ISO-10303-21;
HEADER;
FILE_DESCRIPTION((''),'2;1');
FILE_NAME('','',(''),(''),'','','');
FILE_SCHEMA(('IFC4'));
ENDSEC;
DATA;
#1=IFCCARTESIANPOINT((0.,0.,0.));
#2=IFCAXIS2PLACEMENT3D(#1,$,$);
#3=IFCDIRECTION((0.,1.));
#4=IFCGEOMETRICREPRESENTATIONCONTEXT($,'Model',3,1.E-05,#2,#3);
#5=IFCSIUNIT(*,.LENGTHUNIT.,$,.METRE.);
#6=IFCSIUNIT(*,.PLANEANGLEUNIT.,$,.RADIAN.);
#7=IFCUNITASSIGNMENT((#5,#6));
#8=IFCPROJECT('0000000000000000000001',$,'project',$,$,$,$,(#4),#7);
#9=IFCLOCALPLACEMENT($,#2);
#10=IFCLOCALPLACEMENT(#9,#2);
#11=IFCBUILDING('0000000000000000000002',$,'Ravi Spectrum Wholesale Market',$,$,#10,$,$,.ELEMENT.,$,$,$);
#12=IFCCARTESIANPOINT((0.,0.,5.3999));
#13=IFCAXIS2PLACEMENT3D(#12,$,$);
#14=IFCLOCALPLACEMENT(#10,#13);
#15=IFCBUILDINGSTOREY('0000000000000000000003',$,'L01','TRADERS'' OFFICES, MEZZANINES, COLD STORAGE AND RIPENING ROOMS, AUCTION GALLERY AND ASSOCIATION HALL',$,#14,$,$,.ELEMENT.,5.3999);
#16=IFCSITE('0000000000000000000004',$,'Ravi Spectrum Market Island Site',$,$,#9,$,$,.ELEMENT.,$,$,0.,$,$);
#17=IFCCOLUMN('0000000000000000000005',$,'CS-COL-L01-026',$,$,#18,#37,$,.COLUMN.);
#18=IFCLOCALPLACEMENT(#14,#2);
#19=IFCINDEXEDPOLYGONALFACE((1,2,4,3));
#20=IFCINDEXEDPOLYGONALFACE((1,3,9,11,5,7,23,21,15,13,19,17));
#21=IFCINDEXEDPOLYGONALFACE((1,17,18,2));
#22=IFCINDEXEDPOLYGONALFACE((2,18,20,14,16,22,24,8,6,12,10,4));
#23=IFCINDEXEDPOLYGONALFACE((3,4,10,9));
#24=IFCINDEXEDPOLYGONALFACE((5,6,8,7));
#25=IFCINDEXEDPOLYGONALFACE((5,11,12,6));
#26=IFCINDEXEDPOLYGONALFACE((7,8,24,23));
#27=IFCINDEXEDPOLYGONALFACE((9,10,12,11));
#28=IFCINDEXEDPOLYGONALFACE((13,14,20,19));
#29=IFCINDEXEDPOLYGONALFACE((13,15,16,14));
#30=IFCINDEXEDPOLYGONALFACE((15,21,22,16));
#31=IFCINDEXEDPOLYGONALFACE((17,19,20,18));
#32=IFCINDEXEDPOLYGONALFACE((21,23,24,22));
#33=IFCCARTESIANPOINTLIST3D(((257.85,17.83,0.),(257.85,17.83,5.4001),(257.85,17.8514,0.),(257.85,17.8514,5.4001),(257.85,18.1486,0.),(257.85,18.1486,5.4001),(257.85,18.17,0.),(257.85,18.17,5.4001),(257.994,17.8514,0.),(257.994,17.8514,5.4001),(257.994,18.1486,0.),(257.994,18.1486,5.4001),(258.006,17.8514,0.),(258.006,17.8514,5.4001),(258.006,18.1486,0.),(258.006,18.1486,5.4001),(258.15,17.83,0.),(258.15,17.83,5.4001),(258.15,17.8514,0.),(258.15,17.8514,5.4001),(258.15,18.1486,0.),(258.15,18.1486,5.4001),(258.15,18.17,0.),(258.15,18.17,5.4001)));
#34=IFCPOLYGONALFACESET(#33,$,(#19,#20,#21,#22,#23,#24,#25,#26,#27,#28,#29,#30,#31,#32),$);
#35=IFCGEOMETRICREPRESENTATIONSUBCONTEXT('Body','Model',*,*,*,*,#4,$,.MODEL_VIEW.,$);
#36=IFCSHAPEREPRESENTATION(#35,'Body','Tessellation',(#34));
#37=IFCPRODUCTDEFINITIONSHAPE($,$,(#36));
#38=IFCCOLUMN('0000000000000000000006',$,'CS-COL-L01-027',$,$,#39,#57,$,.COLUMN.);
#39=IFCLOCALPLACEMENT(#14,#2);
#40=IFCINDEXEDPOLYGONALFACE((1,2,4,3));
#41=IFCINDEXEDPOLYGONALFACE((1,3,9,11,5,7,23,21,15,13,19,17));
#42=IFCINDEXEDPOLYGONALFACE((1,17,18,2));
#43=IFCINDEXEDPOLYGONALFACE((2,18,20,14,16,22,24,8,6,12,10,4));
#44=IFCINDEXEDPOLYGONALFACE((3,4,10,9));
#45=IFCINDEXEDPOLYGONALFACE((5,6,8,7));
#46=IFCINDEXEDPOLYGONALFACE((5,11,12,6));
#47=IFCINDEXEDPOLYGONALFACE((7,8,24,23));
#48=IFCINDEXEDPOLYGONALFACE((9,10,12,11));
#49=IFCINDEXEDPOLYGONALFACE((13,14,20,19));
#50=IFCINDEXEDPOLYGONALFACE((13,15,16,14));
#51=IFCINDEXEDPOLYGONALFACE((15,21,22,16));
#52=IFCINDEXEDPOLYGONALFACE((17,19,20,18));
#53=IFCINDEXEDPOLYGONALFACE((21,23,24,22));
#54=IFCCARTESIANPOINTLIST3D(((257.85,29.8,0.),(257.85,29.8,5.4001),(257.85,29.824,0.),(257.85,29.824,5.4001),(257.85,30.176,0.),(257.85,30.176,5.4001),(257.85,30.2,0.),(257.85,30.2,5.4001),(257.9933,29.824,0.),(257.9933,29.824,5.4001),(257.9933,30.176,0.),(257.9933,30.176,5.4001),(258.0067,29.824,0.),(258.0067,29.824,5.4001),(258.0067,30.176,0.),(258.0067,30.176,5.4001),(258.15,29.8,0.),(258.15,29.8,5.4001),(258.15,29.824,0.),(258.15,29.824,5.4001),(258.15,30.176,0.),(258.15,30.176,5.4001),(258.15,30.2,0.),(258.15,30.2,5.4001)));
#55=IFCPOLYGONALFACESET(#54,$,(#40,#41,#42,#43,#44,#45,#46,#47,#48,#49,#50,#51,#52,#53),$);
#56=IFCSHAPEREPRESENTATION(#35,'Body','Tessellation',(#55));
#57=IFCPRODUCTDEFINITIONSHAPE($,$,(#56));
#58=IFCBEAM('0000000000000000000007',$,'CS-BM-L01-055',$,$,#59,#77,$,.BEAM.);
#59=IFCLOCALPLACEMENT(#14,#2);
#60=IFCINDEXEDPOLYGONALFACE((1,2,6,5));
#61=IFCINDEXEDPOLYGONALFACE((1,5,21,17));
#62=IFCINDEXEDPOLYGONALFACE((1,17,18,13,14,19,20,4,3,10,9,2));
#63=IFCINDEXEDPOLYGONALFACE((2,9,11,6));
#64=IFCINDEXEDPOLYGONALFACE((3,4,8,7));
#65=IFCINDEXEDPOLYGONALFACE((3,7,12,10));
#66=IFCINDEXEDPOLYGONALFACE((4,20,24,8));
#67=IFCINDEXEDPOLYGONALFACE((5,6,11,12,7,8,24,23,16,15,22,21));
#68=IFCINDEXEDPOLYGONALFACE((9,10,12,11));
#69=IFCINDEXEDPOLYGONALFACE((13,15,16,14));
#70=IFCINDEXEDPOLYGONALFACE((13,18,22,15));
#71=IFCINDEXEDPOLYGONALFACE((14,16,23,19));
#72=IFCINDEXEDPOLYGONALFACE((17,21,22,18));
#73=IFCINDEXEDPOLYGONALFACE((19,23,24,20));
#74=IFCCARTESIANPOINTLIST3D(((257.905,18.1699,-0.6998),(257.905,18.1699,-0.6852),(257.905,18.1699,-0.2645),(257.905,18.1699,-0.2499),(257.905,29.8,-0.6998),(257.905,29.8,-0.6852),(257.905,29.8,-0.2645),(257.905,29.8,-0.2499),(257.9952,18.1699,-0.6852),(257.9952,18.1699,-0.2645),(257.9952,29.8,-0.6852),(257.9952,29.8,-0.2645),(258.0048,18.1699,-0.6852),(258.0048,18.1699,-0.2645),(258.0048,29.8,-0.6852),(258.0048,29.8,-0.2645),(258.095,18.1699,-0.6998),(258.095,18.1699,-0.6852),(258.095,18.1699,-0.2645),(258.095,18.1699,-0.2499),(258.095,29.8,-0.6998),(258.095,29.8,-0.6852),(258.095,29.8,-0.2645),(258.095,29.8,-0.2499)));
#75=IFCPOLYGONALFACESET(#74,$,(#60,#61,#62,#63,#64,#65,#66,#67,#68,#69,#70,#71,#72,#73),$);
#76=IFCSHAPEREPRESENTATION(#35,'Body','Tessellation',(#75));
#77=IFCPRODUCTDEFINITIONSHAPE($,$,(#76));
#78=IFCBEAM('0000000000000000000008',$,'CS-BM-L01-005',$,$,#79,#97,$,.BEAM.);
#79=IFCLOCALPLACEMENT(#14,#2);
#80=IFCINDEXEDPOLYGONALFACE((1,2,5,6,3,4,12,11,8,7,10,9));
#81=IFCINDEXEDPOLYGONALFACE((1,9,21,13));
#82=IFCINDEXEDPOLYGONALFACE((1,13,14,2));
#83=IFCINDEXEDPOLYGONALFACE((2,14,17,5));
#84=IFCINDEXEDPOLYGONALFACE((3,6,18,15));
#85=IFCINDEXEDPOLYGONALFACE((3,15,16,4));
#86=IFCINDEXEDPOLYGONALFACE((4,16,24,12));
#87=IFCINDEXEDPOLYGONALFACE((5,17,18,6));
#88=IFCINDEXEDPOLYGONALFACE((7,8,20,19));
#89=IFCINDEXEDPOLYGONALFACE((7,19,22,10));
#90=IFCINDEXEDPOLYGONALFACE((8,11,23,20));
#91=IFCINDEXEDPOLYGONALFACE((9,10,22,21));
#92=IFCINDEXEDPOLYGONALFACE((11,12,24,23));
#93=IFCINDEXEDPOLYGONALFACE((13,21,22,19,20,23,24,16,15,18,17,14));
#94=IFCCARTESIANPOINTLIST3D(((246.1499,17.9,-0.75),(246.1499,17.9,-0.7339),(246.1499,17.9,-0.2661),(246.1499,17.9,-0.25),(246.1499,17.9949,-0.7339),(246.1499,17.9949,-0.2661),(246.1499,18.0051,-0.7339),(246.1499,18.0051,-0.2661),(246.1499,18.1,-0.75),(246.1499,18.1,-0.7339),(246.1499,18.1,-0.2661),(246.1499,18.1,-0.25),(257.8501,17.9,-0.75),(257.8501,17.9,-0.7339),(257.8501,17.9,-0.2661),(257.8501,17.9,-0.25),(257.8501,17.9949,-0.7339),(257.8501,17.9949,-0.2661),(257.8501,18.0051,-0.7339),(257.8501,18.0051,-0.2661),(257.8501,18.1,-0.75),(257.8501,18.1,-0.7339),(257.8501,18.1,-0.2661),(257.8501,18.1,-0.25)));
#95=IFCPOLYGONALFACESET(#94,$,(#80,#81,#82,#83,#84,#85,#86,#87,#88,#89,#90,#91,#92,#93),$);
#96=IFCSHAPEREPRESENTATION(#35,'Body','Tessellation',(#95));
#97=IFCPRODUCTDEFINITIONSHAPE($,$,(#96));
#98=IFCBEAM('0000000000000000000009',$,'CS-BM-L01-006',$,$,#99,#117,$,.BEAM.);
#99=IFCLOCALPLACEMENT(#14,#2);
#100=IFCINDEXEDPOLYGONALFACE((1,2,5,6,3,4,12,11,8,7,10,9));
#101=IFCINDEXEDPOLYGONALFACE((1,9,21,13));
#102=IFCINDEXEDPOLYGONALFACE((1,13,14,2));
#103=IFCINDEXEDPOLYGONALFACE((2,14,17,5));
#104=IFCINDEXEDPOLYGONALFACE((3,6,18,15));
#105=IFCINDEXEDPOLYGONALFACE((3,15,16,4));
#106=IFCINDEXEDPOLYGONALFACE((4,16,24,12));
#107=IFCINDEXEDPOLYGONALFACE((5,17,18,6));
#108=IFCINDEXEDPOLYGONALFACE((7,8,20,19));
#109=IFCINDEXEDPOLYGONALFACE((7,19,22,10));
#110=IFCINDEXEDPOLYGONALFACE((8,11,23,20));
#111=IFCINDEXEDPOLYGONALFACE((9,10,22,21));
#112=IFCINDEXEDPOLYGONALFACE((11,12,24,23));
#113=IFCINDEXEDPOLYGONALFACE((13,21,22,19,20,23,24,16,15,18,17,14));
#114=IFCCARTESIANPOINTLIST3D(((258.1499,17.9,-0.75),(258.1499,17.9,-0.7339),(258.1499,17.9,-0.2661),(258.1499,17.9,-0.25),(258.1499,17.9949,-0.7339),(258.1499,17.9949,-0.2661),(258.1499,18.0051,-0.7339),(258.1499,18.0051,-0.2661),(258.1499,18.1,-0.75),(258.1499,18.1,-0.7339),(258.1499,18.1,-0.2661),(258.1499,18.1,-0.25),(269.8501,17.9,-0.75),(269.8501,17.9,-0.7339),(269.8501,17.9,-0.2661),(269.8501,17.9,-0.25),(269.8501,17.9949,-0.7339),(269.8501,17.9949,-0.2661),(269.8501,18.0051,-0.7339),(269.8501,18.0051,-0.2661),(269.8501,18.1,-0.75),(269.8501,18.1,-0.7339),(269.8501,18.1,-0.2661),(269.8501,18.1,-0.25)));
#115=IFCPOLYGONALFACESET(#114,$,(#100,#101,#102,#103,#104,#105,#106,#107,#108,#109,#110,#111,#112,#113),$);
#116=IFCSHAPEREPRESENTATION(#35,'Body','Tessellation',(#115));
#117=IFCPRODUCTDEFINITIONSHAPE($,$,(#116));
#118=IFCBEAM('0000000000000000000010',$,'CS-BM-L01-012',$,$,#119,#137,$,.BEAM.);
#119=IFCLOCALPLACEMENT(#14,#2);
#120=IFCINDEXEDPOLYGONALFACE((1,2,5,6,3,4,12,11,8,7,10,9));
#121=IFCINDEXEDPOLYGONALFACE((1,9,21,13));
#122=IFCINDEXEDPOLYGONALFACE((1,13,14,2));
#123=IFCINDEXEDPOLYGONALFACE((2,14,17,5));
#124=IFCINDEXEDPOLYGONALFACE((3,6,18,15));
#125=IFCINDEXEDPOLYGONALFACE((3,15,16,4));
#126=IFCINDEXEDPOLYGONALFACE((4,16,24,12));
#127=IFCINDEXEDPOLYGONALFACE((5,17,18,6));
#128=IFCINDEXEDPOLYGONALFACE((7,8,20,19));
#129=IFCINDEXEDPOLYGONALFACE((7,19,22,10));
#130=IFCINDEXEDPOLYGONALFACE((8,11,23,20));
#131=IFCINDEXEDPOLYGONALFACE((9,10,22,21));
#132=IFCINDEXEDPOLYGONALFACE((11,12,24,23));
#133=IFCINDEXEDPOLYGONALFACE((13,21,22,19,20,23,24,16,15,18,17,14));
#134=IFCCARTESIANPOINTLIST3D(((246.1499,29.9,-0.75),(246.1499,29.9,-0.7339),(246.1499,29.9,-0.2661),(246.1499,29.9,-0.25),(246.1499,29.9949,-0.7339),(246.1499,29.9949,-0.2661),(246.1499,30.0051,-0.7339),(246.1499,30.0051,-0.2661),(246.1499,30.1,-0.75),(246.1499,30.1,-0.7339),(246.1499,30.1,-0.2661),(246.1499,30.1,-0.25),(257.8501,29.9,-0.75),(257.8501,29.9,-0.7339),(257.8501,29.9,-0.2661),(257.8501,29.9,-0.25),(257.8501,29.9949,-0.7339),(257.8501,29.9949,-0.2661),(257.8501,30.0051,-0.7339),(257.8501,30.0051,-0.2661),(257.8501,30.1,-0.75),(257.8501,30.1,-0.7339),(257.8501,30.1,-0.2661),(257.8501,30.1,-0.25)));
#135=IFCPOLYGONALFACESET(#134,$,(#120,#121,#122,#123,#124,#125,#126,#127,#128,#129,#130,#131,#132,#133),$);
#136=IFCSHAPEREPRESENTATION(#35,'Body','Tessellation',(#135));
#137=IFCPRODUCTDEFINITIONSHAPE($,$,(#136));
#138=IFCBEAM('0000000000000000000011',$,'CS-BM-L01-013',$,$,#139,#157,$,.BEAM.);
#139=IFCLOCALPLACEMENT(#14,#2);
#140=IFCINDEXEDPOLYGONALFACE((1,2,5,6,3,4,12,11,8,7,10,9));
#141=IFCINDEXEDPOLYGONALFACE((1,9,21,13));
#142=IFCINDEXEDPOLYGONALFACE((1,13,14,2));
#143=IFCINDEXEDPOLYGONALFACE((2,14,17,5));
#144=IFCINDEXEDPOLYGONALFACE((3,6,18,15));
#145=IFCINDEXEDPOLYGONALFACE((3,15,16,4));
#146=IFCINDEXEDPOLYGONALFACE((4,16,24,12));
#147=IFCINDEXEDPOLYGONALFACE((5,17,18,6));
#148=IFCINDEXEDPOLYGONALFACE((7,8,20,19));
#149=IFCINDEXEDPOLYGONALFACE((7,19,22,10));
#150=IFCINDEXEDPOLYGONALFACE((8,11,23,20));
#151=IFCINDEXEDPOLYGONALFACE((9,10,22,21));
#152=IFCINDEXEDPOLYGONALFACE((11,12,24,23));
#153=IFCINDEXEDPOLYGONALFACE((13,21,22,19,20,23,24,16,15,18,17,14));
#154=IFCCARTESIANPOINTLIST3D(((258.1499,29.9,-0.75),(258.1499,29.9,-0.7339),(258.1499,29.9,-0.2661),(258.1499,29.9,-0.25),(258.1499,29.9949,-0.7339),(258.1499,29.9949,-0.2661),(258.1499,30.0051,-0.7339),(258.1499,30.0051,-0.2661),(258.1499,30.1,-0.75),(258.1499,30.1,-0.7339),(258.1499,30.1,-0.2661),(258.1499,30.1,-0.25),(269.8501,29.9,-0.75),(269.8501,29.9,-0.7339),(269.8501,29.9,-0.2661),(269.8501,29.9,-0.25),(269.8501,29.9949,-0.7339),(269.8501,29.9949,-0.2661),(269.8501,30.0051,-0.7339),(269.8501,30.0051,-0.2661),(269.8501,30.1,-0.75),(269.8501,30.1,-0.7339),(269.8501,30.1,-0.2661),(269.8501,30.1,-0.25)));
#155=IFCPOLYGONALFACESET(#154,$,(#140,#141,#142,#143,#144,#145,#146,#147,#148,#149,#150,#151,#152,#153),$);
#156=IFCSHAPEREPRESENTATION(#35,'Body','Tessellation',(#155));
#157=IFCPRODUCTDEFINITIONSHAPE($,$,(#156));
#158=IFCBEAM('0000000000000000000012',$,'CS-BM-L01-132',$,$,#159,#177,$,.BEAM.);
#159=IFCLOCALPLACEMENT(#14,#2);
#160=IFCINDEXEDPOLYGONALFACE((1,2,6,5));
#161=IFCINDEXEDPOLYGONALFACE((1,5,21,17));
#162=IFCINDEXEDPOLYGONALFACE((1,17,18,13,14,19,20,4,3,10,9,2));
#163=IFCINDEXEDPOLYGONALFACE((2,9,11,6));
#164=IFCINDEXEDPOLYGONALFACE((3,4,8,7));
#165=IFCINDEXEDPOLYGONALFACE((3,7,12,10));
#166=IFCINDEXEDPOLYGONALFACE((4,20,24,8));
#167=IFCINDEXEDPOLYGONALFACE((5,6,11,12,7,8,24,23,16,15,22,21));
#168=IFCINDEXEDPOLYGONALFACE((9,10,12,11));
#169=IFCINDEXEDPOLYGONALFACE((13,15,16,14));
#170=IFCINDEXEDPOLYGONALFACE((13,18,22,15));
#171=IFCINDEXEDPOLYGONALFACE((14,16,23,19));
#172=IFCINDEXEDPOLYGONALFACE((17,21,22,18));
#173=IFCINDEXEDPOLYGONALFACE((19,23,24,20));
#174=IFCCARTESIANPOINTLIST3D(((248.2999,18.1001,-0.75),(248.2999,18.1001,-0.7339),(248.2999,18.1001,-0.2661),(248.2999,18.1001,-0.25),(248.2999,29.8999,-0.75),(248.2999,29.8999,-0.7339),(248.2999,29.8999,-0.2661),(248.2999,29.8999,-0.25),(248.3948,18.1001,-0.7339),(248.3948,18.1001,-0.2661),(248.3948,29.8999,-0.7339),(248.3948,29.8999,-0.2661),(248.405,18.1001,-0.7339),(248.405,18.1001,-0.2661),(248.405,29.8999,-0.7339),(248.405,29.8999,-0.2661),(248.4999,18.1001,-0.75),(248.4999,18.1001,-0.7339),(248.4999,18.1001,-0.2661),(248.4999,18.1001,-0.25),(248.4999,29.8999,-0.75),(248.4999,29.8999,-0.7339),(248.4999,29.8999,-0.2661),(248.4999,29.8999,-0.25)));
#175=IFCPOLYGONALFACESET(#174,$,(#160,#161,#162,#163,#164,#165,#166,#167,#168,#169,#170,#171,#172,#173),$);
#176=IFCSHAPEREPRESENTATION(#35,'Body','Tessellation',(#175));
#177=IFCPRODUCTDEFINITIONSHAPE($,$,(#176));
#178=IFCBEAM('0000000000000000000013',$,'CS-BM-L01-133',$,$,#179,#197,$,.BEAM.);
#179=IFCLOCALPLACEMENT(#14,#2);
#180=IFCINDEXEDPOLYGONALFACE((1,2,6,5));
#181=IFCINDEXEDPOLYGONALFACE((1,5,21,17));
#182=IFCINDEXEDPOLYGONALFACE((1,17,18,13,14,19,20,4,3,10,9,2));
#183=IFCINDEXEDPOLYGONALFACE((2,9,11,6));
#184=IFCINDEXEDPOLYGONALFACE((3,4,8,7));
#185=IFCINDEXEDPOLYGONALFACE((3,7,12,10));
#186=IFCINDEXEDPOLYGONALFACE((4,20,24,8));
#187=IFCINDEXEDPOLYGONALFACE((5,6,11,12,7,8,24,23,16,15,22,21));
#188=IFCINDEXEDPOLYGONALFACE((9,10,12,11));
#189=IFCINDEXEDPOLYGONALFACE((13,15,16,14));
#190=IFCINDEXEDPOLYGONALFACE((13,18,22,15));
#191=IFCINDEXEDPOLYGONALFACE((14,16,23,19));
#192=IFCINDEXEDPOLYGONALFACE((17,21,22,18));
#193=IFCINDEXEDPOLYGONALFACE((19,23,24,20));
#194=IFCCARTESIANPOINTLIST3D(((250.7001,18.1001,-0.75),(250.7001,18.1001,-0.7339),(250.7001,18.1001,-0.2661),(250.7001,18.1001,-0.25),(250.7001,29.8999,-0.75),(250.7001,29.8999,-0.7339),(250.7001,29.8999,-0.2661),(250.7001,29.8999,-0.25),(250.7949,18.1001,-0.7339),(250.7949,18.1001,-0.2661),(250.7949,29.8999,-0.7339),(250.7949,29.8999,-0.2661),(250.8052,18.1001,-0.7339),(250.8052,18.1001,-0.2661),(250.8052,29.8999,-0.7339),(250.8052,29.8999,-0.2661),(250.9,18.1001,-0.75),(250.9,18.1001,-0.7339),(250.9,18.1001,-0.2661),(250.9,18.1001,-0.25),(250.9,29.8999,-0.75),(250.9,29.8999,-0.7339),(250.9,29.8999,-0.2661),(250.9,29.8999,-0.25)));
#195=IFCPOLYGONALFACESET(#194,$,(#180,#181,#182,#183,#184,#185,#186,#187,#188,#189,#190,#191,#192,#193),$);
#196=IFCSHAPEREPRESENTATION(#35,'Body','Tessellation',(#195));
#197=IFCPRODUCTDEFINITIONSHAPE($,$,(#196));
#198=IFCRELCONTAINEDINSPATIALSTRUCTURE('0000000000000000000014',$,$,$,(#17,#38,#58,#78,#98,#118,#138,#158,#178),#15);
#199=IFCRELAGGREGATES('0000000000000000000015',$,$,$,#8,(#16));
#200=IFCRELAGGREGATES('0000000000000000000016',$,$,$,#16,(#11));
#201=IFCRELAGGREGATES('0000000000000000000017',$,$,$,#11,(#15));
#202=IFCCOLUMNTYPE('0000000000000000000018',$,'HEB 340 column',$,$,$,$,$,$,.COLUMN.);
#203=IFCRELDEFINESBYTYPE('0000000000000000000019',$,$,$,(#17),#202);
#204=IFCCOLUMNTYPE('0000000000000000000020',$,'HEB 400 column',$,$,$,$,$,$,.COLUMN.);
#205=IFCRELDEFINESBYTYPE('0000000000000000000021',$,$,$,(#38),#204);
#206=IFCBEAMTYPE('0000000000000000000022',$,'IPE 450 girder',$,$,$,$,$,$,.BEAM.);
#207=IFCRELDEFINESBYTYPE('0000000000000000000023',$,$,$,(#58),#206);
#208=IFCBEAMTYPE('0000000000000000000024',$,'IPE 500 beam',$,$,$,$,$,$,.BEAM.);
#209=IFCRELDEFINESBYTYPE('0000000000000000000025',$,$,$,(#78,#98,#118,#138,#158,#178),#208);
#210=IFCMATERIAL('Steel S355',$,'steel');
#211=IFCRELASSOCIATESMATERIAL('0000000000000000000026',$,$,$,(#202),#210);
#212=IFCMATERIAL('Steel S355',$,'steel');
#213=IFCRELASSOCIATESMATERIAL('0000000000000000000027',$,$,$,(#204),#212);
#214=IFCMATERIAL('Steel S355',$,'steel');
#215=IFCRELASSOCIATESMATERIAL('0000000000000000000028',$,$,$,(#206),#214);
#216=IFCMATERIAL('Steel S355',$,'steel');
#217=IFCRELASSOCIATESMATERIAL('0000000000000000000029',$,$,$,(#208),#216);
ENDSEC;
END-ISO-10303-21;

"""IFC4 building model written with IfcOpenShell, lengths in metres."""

from ifc_helpers import new_model, si_unit, direction, frame, origin, origin_2d, place, context, subcontext, project, spatial, i_section, extrude, material, material_profile, profile_set, type_object, element, save


model = new_model("IFC4")

# Units and contexts
model_context = context("Model", 3, precision=1e-05, world=origin(), true_north=direction((0.0, 1.0)))
body_context = subcontext(model_context, "Body", "Model", "MODEL_VIEW")
ifc_project = project(units=[si_unit("LENGTHUNIT", "METRE"), si_unit("PLANEANGLEUNIT", "RADIAN")], contexts=[model_context])

# Site, building, storey
site_placement = place(None, origin())
site = spatial("IfcSite", under=ifc_project, at=site_placement, Name="Ravi Spectrum Market Island Site", CompositionType="ELEMENT", RefElevation=0.0)
building_placement = place(site_placement, origin())
building = spatial("IfcBuilding", under=site, at=building_placement, Name="Ravi Spectrum Wholesale Market", CompositionType="ELEMENT")
storey_placement = place(building_placement, frame((0.0, 0.0, 5.3999)))
storey = spatial("IfcBuildingStorey", under=building, at=storey_placement, Name="L01", Description="TRADERS' OFFICES, MEZZANINES, COLD STORAGE AND RIPENING ROOMS, AUCTION GALLERY AND ASSOCIATION HALL", CompositionType="ELEMENT", Elevation=5.3999)

# Columns
ifc_material_1 = material(Name="Steel S355", Category="steel")
ifc_material_profile_1 = material_profile(ifc_material_1, i_section(OverallWidth=0.3, OverallDepth=0.3401, WebThickness=0.012, FlangeThickness=0.0215, at=origin_2d()))
ifc_profile_set_1 = profile_set([ifc_material_profile_1], Name="Steel S355")
column_type_1 = type_object("IfcColumnType", Name="HEB 340 column", PredefinedType="COLUMN", material=ifc_profile_set_1)
column_1_placement = place(storey_placement, frame((258.0, 18.0, 0.0), z_axis=(0.0, 0.0, 1.0), x_axis=(1.0, 0.0, 0.0)))
element("IfcColumn", 1, at=column_1_placement, inside=storey, type_object=column_type_1, Name="CS-COL-L01-026", PredefinedType="COLUMN", context=body_context, shape_type="SweptSolid", body=[
    extrude(i_section(OverallWidth=0.3, OverallDepth=0.3401, WebThickness=0.012, FlangeThickness=0.0215, at=origin_2d()), origin(), (0.0, 0.0, 1.0), 5.4001),
])
ifc_material_2 = material(Name="Steel S355", Category="steel")
ifc_material_profile_2 = material_profile(ifc_material_2, i_section(OverallWidth=0.3, OverallDepth=0.3999, WebThickness=0.0134, FlangeThickness=0.0239, at=origin_2d()))
ifc_profile_set_2 = profile_set([ifc_material_profile_2], Name="Steel S355")
column_type_2 = type_object("IfcColumnType", Name="HEB 400 column", PredefinedType="COLUMN", material=ifc_profile_set_2)
column_2_placement = place(storey_placement, frame((258.0, 30.0, 0.0), z_axis=(0.0, 0.0, 1.0), x_axis=(1.0, 0.0, 0.0)))
element("IfcColumn", 2, at=column_2_placement, inside=storey, type_object=column_type_2, Name="CS-COL-L01-027", PredefinedType="COLUMN", context=body_context, shape_type="SweptSolid", body=[
    extrude(i_section(OverallWidth=0.3, OverallDepth=0.3999, WebThickness=0.0134, FlangeThickness=0.0239, at=origin_2d()), origin(), (0.0, 0.0, 1.0), 5.4001),
])

# Beams
ifc_material_3 = material(Name="Steel S355", Category="steel")
ifc_material_profile_3 = material_profile(ifc_material_3, i_section(OverallWidth=0.1899, OverallDepth=0.45, WebThickness=0.0095, FlangeThickness=0.0146, at=origin_2d()))
ifc_profile_set_3 = profile_set([ifc_material_profile_3], Name="Steel S355")
beam_type_1 = type_object("IfcBeamType", Name="IPE 450 girder", PredefinedType="BEAM", material=ifc_profile_set_3)
beam_placement = place(storey_placement, frame((258.0, 18.1699, -0.4749), z_axis=(0.0, 1.0, 0.0), x_axis=(-1.0, 0.0, 0.0)))
element("IfcBeam", 3, at=beam_placement, inside=storey, type_object=beam_type_1, Name="CS-BM-L01-055", PredefinedType="BEAM", context=body_context, shape_type="SweptSolid", body=[
    extrude(i_section(OverallWidth=0.1899, OverallDepth=0.45, WebThickness=0.0095, FlangeThickness=0.0146, at=origin_2d()), origin(), (0.0, 0.0, 1.0), 11.6301),
])
ifc_material_4 = material(Name="Steel S355", Category="steel")
ifc_material_profile_4 = material_profile(ifc_material_4, i_section(OverallWidth=0.2, OverallDepth=0.5, WebThickness=0.0103, FlangeThickness=0.0161, at=origin_2d()))
ifc_profile_set_4 = profile_set([ifc_material_profile_4], Name="Steel S355")
beam_type_2 = type_object("IfcBeamType", Name="IPE 500 beam", PredefinedType="BEAM", material=ifc_profile_set_4)
for number, where, z_axis, x_axis, name in (
    (4, (246.1499, 18.0, -0.5), (1.0, 0.0, 0.0), (0.0, 1.0, 0.0), "CS-BM-L01-005"),
    (5, (258.1499, 18.0, -0.5), (1.0, 0.0, 0.0), (0.0, 1.0, 0.0), "CS-BM-L01-006"),
    (6, (246.1499, 30.0, -0.5), (1.0, 0.0, 0.0), (0.0, 1.0, 0.0), "CS-BM-L01-012"),
    (7, (258.1499, 30.0, -0.5), (1.0, 0.0, 0.0), (0.0, 1.0, 0.0), "CS-BM-L01-013"),
):
    element("IfcBeam", number, at=place(storey_placement, frame(where, z_axis=z_axis, x_axis=x_axis)), inside=storey, type_object=beam_type_2, Name=name, PredefinedType="BEAM", context=body_context, shape_type="SweptSolid", body=[
        extrude(i_section(OverallWidth=0.2, OverallDepth=0.5, WebThickness=0.0103, FlangeThickness=0.0161, at=origin_2d()), origin(), (0.0, 0.0, 1.0), 11.7002),
    ])
for number, where, z_axis, x_axis, name in (
    (8, (248.3999, 18.1001, -0.5), (0.0, 1.0, 0.0), (-1.0, 0.0, 0.0), "CS-BM-L01-132"),
    (9, (250.8, 18.1001, -0.5), (0.0, 1.0, 0.0), (-1.0, 0.0, 0.0), "CS-BM-L01-133"),
):
    element("IfcBeam", number, at=place(storey_placement, frame(where, z_axis=z_axis, x_axis=x_axis)), inside=storey, type_object=beam_type_2, Name=name, PredefinedType="BEAM", context=body_context, shape_type="SweptSolid", body=[
        extrude(i_section(OverallWidth=0.2, OverallDepth=0.5, WebThickness=0.0103, FlangeThickness=0.0161, at=origin_2d()), origin(), (0.0, 0.0, 1.0), 11.7998),
    ])

save(model, "model.ifc")
